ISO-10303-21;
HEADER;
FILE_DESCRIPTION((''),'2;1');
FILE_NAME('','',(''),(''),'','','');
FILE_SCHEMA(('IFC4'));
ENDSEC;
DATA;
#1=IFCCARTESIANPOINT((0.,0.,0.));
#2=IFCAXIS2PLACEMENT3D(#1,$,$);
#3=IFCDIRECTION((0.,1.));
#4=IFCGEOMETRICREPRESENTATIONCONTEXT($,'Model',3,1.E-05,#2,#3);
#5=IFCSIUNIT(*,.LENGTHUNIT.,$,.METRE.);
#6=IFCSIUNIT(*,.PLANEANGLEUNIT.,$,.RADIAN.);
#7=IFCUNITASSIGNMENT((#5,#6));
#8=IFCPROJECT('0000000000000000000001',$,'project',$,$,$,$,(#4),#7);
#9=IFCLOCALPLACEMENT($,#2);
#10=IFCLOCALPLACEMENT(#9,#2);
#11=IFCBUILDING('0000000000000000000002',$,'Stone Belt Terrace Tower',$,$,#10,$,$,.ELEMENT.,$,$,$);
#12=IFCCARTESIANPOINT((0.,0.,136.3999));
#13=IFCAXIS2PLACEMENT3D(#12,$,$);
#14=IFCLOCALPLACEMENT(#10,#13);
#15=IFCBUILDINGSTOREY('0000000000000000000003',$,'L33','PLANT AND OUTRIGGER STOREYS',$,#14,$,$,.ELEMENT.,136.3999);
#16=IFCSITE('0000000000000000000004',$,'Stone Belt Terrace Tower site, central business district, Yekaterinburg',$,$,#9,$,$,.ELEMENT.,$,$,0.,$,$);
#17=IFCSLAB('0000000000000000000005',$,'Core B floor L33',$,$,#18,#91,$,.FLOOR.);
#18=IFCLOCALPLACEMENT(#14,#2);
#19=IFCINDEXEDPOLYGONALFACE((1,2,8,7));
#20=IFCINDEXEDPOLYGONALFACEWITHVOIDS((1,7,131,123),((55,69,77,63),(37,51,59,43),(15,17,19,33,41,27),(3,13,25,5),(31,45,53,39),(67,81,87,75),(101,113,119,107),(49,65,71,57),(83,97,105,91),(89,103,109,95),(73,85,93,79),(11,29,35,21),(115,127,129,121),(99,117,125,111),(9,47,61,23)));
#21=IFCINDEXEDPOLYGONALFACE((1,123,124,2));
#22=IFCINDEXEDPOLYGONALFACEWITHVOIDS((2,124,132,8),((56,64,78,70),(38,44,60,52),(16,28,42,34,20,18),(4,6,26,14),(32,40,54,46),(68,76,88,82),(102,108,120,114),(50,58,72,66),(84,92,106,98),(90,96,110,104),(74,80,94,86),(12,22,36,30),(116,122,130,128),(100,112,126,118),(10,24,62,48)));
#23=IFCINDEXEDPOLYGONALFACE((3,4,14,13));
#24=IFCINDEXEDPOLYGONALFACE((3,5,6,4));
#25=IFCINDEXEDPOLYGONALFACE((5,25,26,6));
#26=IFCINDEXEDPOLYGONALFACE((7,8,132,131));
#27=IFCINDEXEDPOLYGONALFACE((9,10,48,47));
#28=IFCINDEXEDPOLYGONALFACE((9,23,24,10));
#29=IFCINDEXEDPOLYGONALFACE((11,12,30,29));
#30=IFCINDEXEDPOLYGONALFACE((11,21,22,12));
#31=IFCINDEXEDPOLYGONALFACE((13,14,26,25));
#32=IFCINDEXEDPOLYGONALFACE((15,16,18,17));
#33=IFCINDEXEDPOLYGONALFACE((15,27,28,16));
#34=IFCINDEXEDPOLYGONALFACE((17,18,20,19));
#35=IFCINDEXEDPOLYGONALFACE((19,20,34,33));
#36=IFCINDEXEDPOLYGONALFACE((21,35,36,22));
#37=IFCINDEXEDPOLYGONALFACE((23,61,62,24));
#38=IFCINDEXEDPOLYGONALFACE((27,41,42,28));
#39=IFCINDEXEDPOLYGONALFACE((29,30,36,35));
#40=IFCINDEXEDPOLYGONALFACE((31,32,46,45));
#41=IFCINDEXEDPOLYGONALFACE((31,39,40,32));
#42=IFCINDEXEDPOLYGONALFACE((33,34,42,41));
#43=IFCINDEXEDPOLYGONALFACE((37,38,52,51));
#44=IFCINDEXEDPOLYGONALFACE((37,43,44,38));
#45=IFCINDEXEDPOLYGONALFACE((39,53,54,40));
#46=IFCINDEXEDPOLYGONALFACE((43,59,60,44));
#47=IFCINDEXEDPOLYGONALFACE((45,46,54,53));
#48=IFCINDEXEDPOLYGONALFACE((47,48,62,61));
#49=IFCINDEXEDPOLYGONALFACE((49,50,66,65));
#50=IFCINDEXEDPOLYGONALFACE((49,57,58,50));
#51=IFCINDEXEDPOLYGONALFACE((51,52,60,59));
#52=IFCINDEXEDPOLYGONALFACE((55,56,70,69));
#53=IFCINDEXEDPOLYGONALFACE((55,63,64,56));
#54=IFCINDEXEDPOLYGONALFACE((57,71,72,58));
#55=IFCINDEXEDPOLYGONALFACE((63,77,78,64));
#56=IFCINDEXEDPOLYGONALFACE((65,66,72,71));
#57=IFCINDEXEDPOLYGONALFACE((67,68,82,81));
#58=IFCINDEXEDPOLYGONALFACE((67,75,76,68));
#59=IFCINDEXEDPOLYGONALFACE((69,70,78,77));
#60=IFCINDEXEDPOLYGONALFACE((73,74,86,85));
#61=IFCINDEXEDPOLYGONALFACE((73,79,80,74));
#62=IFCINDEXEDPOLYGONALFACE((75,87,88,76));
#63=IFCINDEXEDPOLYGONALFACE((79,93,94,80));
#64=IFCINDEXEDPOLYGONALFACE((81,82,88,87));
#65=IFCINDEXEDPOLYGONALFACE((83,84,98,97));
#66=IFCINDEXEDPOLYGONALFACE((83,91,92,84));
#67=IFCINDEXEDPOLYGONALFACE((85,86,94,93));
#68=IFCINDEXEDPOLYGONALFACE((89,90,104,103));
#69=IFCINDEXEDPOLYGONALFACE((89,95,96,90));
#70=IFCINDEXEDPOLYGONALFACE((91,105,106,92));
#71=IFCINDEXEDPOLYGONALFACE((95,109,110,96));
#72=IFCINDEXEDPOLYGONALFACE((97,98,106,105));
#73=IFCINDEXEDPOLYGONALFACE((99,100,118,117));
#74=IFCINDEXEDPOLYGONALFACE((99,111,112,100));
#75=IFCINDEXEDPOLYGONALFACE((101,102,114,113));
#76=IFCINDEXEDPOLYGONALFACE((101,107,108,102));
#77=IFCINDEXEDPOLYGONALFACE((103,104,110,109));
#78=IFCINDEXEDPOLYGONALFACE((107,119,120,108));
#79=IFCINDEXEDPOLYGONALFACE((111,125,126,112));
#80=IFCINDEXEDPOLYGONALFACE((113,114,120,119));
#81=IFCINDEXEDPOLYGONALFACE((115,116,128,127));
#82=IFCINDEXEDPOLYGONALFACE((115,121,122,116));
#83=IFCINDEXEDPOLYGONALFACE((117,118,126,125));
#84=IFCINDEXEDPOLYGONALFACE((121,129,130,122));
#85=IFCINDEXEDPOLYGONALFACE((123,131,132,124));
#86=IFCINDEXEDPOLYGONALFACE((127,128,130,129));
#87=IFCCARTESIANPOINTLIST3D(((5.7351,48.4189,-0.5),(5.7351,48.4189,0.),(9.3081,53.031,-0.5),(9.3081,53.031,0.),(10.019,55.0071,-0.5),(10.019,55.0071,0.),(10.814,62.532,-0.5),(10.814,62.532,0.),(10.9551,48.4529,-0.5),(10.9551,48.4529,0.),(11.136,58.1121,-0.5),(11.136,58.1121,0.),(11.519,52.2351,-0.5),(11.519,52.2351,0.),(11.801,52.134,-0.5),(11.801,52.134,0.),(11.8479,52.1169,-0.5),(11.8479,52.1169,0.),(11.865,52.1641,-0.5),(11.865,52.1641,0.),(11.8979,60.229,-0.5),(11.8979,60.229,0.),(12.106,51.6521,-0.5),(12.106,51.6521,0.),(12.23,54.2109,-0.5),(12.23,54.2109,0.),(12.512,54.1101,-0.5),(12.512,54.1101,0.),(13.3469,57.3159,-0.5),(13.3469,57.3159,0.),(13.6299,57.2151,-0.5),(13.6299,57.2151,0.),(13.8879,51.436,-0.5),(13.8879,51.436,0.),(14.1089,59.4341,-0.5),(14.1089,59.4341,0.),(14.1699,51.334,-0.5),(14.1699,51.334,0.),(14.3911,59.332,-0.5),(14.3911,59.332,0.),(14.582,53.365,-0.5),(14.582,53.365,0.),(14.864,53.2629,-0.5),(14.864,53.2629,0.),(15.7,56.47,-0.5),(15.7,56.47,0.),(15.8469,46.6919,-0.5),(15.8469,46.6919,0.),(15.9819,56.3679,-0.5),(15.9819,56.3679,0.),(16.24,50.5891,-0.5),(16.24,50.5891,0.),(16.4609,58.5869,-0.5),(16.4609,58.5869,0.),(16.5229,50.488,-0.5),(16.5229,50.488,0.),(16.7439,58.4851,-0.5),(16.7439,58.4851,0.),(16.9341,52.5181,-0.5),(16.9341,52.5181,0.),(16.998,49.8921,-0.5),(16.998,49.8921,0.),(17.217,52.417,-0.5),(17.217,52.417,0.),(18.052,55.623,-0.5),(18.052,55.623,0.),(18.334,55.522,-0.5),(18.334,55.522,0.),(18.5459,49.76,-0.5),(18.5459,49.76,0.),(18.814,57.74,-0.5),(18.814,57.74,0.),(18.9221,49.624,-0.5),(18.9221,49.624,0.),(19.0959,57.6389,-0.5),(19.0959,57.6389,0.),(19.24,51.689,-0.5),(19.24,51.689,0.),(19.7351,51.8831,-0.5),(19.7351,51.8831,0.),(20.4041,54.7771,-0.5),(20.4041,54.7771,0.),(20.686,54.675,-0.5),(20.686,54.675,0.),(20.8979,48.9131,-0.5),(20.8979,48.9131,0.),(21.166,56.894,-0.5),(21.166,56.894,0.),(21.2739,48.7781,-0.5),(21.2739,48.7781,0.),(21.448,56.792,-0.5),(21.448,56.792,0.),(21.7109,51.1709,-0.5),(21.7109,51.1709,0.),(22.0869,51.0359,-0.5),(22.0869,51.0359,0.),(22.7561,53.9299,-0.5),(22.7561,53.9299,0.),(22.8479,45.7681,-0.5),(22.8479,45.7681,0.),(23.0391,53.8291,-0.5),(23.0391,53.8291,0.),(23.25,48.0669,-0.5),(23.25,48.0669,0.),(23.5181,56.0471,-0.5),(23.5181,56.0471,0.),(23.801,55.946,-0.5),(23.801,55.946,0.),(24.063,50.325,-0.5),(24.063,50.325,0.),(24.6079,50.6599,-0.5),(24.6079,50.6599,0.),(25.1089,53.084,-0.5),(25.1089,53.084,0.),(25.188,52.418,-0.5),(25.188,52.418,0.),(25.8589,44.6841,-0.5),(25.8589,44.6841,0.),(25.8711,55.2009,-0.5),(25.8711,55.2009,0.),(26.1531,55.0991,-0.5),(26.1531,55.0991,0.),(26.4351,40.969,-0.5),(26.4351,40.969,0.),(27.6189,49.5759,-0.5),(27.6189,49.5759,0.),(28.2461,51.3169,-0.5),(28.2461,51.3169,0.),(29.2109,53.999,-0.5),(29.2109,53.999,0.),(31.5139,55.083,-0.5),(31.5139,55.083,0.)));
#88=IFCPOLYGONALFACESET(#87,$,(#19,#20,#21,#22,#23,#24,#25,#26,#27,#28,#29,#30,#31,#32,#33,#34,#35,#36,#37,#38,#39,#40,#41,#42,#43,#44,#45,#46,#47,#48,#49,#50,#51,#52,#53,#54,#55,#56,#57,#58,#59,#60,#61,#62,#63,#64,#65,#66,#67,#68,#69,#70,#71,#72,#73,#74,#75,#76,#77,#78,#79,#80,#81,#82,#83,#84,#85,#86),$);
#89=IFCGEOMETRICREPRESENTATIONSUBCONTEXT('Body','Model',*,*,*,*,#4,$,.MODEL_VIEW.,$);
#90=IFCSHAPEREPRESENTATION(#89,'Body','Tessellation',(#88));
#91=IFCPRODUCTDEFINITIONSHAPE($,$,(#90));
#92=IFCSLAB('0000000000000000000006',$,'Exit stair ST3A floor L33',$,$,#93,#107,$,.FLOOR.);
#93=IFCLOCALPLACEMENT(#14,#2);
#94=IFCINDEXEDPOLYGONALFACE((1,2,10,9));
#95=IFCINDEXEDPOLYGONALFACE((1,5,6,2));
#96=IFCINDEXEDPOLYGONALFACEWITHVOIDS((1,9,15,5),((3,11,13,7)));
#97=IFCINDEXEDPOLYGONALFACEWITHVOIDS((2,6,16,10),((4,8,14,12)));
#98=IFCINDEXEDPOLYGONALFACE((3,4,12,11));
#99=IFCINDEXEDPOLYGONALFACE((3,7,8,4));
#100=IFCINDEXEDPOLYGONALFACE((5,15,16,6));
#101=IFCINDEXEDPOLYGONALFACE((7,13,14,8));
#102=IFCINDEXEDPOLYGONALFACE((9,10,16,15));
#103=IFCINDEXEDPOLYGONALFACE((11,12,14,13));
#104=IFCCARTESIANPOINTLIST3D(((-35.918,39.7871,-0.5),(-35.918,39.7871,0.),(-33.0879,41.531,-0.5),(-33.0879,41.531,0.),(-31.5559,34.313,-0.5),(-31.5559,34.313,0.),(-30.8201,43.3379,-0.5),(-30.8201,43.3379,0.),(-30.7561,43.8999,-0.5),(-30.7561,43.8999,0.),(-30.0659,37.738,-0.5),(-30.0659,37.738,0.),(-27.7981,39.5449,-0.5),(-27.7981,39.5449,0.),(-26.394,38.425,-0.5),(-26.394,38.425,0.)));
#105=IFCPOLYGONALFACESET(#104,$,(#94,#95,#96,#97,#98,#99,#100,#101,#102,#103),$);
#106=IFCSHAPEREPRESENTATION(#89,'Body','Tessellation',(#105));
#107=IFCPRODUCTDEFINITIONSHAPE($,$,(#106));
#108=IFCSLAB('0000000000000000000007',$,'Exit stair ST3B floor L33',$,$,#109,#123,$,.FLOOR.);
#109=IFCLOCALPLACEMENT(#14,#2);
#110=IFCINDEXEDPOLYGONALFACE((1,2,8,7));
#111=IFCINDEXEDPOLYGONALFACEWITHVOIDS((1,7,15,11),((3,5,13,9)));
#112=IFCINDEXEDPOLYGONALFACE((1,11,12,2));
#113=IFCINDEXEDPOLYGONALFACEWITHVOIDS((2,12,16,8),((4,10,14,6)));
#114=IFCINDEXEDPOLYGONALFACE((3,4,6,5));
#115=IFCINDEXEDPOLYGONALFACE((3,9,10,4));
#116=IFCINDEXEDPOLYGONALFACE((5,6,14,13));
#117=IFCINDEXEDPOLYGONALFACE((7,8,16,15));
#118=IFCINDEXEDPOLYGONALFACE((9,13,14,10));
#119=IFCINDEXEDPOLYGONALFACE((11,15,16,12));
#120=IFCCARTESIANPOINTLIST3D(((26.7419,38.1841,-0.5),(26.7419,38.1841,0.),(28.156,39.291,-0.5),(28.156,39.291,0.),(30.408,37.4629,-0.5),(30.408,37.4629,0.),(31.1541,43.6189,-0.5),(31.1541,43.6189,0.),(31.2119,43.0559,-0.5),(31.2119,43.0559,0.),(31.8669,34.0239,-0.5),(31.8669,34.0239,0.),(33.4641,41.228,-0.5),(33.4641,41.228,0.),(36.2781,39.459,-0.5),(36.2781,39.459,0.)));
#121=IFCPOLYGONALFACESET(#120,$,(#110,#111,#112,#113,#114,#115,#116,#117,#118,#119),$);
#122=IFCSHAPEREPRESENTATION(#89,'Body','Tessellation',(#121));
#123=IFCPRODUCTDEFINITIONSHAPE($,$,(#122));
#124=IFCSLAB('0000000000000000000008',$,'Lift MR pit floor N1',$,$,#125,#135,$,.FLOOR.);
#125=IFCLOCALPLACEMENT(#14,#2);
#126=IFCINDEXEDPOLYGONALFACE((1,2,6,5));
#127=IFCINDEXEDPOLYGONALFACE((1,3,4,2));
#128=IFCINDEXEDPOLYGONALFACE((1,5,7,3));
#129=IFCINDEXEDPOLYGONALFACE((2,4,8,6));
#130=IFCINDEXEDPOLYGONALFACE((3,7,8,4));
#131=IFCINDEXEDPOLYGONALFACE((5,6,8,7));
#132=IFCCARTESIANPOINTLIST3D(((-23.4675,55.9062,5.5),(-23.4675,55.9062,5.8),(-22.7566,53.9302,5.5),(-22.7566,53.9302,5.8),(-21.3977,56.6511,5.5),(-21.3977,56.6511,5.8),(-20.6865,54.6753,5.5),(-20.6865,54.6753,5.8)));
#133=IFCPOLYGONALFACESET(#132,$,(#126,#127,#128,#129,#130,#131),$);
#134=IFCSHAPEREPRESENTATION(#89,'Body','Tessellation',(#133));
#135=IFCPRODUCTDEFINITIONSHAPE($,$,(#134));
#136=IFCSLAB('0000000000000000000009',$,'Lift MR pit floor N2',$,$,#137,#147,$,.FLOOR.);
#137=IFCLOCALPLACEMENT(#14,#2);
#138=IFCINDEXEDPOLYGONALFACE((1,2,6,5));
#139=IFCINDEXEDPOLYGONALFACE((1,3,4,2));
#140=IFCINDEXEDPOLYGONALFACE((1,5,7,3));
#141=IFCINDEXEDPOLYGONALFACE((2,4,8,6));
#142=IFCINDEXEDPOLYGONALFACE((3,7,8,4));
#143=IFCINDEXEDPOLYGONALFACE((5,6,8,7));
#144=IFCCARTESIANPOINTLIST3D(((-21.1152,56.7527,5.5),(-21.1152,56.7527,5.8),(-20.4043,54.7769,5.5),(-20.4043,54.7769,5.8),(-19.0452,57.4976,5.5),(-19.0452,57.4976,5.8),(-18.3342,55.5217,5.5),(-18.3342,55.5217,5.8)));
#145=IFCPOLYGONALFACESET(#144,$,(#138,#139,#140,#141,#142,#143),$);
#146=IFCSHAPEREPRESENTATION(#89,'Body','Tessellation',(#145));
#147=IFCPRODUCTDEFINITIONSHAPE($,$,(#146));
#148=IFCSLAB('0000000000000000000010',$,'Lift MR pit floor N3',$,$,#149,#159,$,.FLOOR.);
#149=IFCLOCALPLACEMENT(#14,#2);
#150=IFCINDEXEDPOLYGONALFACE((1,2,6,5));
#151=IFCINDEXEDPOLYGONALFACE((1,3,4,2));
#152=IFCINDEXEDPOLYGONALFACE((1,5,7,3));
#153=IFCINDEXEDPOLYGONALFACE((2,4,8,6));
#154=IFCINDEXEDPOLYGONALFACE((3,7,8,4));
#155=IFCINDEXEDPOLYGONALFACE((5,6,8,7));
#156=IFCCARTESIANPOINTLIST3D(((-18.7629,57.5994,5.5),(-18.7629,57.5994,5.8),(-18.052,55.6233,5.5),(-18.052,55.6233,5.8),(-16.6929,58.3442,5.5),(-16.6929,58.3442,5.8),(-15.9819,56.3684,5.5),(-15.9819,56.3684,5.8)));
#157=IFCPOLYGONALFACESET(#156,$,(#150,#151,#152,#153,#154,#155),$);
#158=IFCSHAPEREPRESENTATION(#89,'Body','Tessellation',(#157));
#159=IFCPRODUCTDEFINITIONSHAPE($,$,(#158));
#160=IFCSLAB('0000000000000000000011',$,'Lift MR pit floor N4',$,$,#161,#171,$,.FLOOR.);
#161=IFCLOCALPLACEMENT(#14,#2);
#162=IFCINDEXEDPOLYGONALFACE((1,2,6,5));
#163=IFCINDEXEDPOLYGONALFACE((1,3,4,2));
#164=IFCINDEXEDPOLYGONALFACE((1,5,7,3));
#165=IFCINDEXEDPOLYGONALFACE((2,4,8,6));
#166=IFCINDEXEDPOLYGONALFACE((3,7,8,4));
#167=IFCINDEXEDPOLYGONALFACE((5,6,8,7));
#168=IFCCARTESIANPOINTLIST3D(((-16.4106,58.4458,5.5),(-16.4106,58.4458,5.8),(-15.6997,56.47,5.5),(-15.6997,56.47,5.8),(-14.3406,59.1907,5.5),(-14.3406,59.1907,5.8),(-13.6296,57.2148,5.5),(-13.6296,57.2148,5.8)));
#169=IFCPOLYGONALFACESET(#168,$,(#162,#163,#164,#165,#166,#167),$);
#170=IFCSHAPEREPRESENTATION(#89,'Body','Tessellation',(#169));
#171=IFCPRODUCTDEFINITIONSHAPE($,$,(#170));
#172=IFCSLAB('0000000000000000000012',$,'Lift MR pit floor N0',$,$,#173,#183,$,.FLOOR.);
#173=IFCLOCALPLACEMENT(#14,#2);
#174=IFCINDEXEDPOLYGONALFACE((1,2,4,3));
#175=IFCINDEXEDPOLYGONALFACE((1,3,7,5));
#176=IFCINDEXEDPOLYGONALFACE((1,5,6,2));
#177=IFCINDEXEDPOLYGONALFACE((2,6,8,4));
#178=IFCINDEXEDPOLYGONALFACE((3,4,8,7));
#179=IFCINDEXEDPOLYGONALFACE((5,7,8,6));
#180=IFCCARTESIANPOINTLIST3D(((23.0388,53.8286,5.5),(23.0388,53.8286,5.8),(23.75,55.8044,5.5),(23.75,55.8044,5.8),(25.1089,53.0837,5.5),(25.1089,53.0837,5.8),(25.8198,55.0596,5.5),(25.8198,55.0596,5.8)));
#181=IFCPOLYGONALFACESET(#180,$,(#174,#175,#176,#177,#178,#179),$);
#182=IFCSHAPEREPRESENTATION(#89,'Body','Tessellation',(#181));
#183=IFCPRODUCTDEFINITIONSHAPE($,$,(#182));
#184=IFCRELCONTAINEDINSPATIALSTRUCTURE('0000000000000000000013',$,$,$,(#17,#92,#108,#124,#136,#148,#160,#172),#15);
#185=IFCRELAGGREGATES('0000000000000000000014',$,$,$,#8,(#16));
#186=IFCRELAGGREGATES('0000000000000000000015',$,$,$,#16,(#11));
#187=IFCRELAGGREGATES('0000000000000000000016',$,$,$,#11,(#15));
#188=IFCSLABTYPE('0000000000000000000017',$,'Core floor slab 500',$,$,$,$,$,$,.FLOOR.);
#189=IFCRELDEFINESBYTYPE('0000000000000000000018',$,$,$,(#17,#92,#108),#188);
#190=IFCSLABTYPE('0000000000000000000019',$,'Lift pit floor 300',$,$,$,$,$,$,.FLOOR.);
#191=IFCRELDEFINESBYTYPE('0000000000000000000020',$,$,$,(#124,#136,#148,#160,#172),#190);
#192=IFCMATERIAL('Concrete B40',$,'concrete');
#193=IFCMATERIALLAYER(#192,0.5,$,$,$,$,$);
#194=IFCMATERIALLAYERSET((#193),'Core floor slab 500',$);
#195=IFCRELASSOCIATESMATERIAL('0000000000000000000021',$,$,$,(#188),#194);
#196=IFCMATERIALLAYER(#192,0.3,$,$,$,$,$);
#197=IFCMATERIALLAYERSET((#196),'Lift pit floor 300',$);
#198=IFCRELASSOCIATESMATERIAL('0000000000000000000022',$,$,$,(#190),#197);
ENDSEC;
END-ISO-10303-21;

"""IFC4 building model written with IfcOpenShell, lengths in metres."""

from ifc_helpers import new_model, si_unit, direction, frame, origin, place, context, subcontext, project, spatial, polyline, outline, extrude, material, layer, layer_set, type_object, element, save


model = new_model("IFC4")

# Units and contexts
model_context = context("Model", 3, precision=1e-05, world=origin(), true_north=direction((0.0, 1.0)))
body_context = subcontext(model_context, "Body", "Model", "MODEL_VIEW")
ifc_project = project(units=[si_unit("LENGTHUNIT", "METRE"), si_unit("PLANEANGLEUNIT", "RADIAN")], contexts=[model_context])

# Site, building, storey
site_placement = place(None, origin())
site = spatial("IfcSite", under=ifc_project, at=site_placement, Name="Stone Belt Terrace Tower site, central business district, Yekaterinburg", CompositionType="ELEMENT", RefElevation=0.0)
building_placement = place(site_placement, origin())
building = spatial("IfcBuilding", under=site, at=building_placement, Name="Stone Belt Terrace Tower", CompositionType="ELEMENT")
storey_placement = place(building_placement, frame((0.0, 0.0, 136.3999)))
storey = spatial("IfcBuildingStorey", under=building, at=storey_placement, Name="L33", Description="PLANT AND OUTRIGGER STOREYS", CompositionType="ELEMENT", Elevation=136.3999)

# Slabs
ifc_material_1 = material(Name="Concrete B40", Category="concrete")
ifc_layer_1 = layer(ifc_material_1, 0.5)
ifc_layer_set_1 = layer_set([ifc_layer_1], Name="Core floor slab 500")
slab_type_1 = type_object("IfcSlabType", Name="Core floor slab 500", PredefinedType="FLOOR", material=ifc_layer_set_1)
slab_1_placement = place(storey_placement, frame((0.0, 0.0, -0.5)))
element("IfcSlab", 1, at=slab_1_placement, inside=storey, type_object=slab_type_1, Name="Core B floor L33", PredefinedType="FLOOR", context=body_context, shape_type="SweptSolid", body=[
    extrude(outline(polyline([(26.4351, 40.969), (31.5139, 55.083), (10.814, 62.532), (5.7351, 48.4189), (26.4351, 40.969)]), holes=[polyline([(12.106, 51.6521), (16.998, 49.8921), (15.8469, 46.6919), (10.9551, 48.4529), (12.106, 51.6521)]), polyline([(19.24, 51.689), (18.5459, 49.76), (16.5229, 50.488), (17.217, 52.417), (19.24, 51.689)]), polyline([(16.24, 50.5891), (14.1699, 51.334), (14.864, 53.2629), (16.9341, 52.5181), (16.24, 50.5891)]), polyline([(12.512, 54.1101), (14.582, 53.365), (13.8879, 51.436), (11.865, 52.1641), (11.8479, 52.1169), (11.801, 52.134), (12.512, 54.1101)]), polyline([(9.3081, 53.031), (10.019, 55.0071), (12.23, 54.2109), (11.519, 52.2351), (9.3081, 53.031)]), polyline([(16.7439, 58.4851), (18.814, 57.74), (18.052, 55.623), (15.9819, 56.3679), (16.7439, 58.4851)]), polyline([(14.3911, 59.332), (16.4609, 58.5869), (15.7, 56.47), (13.6299, 57.2151), (14.3911, 59.332)]), polyline([(11.8979, 60.229), (14.1089, 59.4341), (13.3469, 57.3159), (11.136, 58.1121), (11.8979, 60.229)]), polyline([(25.8589, 44.6841), (22.8479, 45.7681), (24.6079, 50.6599), (27.6189, 49.5759), (25.8589, 44.6841)]), polyline([(21.2739, 48.7781), (22.0869, 51.0359), (24.063, 50.325), (23.25, 48.0669), (21.2739, 48.7781)]), polyline([(18.9221, 49.624), (19.7351, 51.8831), (21.7109, 51.1709), (20.8979, 48.9131), (18.9221, 49.624)]), polyline([(29.2109, 53.999), (28.2461, 51.3169), (25.188, 52.418), (26.1531, 55.0991), (29.2109, 53.999)]), polyline([(23.801, 55.946), (25.8711, 55.2009), (25.1089, 53.084), (23.0391, 53.8291), (23.801, 55.946)]), polyline([(21.448, 56.792), (23.5181, 56.0471), (22.7561, 53.9299), (20.686, 54.675), (21.448, 56.792)]), polyline([(19.0959, 57.6389), (21.166, 56.894), (20.4041, 54.7771), (18.334, 55.522), (19.0959, 57.6389)])]), origin(), (0.0, 0.0, 1.0), 0.5),
])
slab_2_placement = place(storey_placement, frame((0.0, 0.0, -0.5)))
element("IfcSlab", 2, at=slab_2_placement, inside=storey, type_object=slab_type_1, Name="Exit stair ST3A floor L33", PredefinedType="FLOOR", context=body_context, shape_type="SweptSolid", body=[
    extrude(outline(polyline([(-26.394, 38.425), (-30.7561, 43.8999), (-35.918, 39.7871), (-31.5559, 34.313), (-26.394, 38.425)]), holes=[polyline([(-27.7981, 39.5449), (-30.0659, 37.738), (-33.0879, 41.531), (-30.8201, 43.3379), (-27.7981, 39.5449)])]), origin(), (0.0, 0.0, 1.0), 0.5),
])
slab_3_placement = place(storey_placement, frame((0.0, 0.0, -0.5)))
element("IfcSlab", 3, at=slab_3_placement, inside=storey, type_object=slab_type_1, Name="Exit stair ST3B floor L33", PredefinedType="FLOOR", context=body_context, shape_type="SweptSolid", body=[
    extrude(outline(polyline([(26.7419, 38.1841), (31.8669, 34.0239), (36.2781, 39.459), (31.1541, 43.6189), (26.7419, 38.1841)]), holes=[polyline([(30.408, 37.4629), (28.156, 39.291), (31.2119, 43.0559), (33.4641, 41.228), (30.408, 37.4629)])]), origin(), (0.0, 0.0, 1.0), 0.5),
])
ifc_layer_2 = layer(ifc_material_1, 0.3)
ifc_layer_set_2 = layer_set([ifc_layer_2], Name="Lift pit floor 300")
slab_type_2 = type_object("IfcSlabType", Name="Lift pit floor 300", PredefinedType="FLOOR", material=ifc_layer_set_2)
slab_4_placement = place(storey_placement, frame((0.0, 0.0, 5.5)))
element("IfcSlab", 4, at=slab_4_placement, inside=storey, type_object=slab_type_2, Name="Lift MR pit floor N1", PredefinedType="FLOOR", context=body_context, shape_type="SweptSolid", body=[
    extrude(outline(polyline([(-22.7566, 53.9302), (-20.6865, 54.6753), (-21.3977, 56.6511), (-23.4675, 55.9062), (-22.7566, 53.9302)])), origin(), (0.0, 0.0, 1.0), 0.3),
])
slab_5_placement = place(storey_placement, frame((0.0, 0.0, 5.5)))
element("IfcSlab", 5, at=slab_5_placement, inside=storey, type_object=slab_type_2, Name="Lift MR pit floor N2", PredefinedType="FLOOR", context=body_context, shape_type="SweptSolid", body=[
    extrude(outline(polyline([(-20.4043, 54.7769), (-18.3342, 55.5217), (-19.0452, 57.4976), (-21.1152, 56.7527), (-20.4043, 54.7769)])), origin(), (0.0, 0.0, 1.0), 0.3),
])
slab_6_placement = place(storey_placement, frame((0.0, 0.0, 5.5)))
element("IfcSlab", 6, at=slab_6_placement, inside=storey, type_object=slab_type_2, Name="Lift MR pit floor N3", PredefinedType="FLOOR", context=body_context, shape_type="SweptSolid", body=[
    extrude(outline(polyline([(-18.052, 55.6233), (-15.9819, 56.3684), (-16.6929, 58.3442), (-18.7629, 57.5994), (-18.052, 55.6233)])), origin(), (0.0, 0.0, 1.0), 0.3),
])
slab_7_placement = place(storey_placement, frame((0.0, 0.0, 5.5)))
element("IfcSlab", 7, at=slab_7_placement, inside=storey, type_object=slab_type_2, Name="Lift MR pit floor N4", PredefinedType="FLOOR", context=body_context, shape_type="SweptSolid", body=[
    extrude(outline(polyline([(-15.6997, 56.47), (-13.6296, 57.2148), (-14.3406, 59.1907), (-16.4106, 58.4458), (-15.6997, 56.47)])), origin(), (0.0, 0.0, 1.0), 0.3),
])
slab_8_placement = place(storey_placement, frame((0.0, 0.0, 5.5)))
element("IfcSlab", 8, at=slab_8_placement, inside=storey, type_object=slab_type_2, Name="Lift MR pit floor N0", PredefinedType="FLOOR", context=body_context, shape_type="SweptSolid", body=[
    extrude(outline(polyline([(25.1089, 53.0837), (23.0388, 53.8286), (23.75, 55.8044), (25.8198, 55.0596), (25.1089, 53.0837)])), origin(), (0.0, 0.0, 1.0), 0.3),
])

save(model, "model.ifc")
